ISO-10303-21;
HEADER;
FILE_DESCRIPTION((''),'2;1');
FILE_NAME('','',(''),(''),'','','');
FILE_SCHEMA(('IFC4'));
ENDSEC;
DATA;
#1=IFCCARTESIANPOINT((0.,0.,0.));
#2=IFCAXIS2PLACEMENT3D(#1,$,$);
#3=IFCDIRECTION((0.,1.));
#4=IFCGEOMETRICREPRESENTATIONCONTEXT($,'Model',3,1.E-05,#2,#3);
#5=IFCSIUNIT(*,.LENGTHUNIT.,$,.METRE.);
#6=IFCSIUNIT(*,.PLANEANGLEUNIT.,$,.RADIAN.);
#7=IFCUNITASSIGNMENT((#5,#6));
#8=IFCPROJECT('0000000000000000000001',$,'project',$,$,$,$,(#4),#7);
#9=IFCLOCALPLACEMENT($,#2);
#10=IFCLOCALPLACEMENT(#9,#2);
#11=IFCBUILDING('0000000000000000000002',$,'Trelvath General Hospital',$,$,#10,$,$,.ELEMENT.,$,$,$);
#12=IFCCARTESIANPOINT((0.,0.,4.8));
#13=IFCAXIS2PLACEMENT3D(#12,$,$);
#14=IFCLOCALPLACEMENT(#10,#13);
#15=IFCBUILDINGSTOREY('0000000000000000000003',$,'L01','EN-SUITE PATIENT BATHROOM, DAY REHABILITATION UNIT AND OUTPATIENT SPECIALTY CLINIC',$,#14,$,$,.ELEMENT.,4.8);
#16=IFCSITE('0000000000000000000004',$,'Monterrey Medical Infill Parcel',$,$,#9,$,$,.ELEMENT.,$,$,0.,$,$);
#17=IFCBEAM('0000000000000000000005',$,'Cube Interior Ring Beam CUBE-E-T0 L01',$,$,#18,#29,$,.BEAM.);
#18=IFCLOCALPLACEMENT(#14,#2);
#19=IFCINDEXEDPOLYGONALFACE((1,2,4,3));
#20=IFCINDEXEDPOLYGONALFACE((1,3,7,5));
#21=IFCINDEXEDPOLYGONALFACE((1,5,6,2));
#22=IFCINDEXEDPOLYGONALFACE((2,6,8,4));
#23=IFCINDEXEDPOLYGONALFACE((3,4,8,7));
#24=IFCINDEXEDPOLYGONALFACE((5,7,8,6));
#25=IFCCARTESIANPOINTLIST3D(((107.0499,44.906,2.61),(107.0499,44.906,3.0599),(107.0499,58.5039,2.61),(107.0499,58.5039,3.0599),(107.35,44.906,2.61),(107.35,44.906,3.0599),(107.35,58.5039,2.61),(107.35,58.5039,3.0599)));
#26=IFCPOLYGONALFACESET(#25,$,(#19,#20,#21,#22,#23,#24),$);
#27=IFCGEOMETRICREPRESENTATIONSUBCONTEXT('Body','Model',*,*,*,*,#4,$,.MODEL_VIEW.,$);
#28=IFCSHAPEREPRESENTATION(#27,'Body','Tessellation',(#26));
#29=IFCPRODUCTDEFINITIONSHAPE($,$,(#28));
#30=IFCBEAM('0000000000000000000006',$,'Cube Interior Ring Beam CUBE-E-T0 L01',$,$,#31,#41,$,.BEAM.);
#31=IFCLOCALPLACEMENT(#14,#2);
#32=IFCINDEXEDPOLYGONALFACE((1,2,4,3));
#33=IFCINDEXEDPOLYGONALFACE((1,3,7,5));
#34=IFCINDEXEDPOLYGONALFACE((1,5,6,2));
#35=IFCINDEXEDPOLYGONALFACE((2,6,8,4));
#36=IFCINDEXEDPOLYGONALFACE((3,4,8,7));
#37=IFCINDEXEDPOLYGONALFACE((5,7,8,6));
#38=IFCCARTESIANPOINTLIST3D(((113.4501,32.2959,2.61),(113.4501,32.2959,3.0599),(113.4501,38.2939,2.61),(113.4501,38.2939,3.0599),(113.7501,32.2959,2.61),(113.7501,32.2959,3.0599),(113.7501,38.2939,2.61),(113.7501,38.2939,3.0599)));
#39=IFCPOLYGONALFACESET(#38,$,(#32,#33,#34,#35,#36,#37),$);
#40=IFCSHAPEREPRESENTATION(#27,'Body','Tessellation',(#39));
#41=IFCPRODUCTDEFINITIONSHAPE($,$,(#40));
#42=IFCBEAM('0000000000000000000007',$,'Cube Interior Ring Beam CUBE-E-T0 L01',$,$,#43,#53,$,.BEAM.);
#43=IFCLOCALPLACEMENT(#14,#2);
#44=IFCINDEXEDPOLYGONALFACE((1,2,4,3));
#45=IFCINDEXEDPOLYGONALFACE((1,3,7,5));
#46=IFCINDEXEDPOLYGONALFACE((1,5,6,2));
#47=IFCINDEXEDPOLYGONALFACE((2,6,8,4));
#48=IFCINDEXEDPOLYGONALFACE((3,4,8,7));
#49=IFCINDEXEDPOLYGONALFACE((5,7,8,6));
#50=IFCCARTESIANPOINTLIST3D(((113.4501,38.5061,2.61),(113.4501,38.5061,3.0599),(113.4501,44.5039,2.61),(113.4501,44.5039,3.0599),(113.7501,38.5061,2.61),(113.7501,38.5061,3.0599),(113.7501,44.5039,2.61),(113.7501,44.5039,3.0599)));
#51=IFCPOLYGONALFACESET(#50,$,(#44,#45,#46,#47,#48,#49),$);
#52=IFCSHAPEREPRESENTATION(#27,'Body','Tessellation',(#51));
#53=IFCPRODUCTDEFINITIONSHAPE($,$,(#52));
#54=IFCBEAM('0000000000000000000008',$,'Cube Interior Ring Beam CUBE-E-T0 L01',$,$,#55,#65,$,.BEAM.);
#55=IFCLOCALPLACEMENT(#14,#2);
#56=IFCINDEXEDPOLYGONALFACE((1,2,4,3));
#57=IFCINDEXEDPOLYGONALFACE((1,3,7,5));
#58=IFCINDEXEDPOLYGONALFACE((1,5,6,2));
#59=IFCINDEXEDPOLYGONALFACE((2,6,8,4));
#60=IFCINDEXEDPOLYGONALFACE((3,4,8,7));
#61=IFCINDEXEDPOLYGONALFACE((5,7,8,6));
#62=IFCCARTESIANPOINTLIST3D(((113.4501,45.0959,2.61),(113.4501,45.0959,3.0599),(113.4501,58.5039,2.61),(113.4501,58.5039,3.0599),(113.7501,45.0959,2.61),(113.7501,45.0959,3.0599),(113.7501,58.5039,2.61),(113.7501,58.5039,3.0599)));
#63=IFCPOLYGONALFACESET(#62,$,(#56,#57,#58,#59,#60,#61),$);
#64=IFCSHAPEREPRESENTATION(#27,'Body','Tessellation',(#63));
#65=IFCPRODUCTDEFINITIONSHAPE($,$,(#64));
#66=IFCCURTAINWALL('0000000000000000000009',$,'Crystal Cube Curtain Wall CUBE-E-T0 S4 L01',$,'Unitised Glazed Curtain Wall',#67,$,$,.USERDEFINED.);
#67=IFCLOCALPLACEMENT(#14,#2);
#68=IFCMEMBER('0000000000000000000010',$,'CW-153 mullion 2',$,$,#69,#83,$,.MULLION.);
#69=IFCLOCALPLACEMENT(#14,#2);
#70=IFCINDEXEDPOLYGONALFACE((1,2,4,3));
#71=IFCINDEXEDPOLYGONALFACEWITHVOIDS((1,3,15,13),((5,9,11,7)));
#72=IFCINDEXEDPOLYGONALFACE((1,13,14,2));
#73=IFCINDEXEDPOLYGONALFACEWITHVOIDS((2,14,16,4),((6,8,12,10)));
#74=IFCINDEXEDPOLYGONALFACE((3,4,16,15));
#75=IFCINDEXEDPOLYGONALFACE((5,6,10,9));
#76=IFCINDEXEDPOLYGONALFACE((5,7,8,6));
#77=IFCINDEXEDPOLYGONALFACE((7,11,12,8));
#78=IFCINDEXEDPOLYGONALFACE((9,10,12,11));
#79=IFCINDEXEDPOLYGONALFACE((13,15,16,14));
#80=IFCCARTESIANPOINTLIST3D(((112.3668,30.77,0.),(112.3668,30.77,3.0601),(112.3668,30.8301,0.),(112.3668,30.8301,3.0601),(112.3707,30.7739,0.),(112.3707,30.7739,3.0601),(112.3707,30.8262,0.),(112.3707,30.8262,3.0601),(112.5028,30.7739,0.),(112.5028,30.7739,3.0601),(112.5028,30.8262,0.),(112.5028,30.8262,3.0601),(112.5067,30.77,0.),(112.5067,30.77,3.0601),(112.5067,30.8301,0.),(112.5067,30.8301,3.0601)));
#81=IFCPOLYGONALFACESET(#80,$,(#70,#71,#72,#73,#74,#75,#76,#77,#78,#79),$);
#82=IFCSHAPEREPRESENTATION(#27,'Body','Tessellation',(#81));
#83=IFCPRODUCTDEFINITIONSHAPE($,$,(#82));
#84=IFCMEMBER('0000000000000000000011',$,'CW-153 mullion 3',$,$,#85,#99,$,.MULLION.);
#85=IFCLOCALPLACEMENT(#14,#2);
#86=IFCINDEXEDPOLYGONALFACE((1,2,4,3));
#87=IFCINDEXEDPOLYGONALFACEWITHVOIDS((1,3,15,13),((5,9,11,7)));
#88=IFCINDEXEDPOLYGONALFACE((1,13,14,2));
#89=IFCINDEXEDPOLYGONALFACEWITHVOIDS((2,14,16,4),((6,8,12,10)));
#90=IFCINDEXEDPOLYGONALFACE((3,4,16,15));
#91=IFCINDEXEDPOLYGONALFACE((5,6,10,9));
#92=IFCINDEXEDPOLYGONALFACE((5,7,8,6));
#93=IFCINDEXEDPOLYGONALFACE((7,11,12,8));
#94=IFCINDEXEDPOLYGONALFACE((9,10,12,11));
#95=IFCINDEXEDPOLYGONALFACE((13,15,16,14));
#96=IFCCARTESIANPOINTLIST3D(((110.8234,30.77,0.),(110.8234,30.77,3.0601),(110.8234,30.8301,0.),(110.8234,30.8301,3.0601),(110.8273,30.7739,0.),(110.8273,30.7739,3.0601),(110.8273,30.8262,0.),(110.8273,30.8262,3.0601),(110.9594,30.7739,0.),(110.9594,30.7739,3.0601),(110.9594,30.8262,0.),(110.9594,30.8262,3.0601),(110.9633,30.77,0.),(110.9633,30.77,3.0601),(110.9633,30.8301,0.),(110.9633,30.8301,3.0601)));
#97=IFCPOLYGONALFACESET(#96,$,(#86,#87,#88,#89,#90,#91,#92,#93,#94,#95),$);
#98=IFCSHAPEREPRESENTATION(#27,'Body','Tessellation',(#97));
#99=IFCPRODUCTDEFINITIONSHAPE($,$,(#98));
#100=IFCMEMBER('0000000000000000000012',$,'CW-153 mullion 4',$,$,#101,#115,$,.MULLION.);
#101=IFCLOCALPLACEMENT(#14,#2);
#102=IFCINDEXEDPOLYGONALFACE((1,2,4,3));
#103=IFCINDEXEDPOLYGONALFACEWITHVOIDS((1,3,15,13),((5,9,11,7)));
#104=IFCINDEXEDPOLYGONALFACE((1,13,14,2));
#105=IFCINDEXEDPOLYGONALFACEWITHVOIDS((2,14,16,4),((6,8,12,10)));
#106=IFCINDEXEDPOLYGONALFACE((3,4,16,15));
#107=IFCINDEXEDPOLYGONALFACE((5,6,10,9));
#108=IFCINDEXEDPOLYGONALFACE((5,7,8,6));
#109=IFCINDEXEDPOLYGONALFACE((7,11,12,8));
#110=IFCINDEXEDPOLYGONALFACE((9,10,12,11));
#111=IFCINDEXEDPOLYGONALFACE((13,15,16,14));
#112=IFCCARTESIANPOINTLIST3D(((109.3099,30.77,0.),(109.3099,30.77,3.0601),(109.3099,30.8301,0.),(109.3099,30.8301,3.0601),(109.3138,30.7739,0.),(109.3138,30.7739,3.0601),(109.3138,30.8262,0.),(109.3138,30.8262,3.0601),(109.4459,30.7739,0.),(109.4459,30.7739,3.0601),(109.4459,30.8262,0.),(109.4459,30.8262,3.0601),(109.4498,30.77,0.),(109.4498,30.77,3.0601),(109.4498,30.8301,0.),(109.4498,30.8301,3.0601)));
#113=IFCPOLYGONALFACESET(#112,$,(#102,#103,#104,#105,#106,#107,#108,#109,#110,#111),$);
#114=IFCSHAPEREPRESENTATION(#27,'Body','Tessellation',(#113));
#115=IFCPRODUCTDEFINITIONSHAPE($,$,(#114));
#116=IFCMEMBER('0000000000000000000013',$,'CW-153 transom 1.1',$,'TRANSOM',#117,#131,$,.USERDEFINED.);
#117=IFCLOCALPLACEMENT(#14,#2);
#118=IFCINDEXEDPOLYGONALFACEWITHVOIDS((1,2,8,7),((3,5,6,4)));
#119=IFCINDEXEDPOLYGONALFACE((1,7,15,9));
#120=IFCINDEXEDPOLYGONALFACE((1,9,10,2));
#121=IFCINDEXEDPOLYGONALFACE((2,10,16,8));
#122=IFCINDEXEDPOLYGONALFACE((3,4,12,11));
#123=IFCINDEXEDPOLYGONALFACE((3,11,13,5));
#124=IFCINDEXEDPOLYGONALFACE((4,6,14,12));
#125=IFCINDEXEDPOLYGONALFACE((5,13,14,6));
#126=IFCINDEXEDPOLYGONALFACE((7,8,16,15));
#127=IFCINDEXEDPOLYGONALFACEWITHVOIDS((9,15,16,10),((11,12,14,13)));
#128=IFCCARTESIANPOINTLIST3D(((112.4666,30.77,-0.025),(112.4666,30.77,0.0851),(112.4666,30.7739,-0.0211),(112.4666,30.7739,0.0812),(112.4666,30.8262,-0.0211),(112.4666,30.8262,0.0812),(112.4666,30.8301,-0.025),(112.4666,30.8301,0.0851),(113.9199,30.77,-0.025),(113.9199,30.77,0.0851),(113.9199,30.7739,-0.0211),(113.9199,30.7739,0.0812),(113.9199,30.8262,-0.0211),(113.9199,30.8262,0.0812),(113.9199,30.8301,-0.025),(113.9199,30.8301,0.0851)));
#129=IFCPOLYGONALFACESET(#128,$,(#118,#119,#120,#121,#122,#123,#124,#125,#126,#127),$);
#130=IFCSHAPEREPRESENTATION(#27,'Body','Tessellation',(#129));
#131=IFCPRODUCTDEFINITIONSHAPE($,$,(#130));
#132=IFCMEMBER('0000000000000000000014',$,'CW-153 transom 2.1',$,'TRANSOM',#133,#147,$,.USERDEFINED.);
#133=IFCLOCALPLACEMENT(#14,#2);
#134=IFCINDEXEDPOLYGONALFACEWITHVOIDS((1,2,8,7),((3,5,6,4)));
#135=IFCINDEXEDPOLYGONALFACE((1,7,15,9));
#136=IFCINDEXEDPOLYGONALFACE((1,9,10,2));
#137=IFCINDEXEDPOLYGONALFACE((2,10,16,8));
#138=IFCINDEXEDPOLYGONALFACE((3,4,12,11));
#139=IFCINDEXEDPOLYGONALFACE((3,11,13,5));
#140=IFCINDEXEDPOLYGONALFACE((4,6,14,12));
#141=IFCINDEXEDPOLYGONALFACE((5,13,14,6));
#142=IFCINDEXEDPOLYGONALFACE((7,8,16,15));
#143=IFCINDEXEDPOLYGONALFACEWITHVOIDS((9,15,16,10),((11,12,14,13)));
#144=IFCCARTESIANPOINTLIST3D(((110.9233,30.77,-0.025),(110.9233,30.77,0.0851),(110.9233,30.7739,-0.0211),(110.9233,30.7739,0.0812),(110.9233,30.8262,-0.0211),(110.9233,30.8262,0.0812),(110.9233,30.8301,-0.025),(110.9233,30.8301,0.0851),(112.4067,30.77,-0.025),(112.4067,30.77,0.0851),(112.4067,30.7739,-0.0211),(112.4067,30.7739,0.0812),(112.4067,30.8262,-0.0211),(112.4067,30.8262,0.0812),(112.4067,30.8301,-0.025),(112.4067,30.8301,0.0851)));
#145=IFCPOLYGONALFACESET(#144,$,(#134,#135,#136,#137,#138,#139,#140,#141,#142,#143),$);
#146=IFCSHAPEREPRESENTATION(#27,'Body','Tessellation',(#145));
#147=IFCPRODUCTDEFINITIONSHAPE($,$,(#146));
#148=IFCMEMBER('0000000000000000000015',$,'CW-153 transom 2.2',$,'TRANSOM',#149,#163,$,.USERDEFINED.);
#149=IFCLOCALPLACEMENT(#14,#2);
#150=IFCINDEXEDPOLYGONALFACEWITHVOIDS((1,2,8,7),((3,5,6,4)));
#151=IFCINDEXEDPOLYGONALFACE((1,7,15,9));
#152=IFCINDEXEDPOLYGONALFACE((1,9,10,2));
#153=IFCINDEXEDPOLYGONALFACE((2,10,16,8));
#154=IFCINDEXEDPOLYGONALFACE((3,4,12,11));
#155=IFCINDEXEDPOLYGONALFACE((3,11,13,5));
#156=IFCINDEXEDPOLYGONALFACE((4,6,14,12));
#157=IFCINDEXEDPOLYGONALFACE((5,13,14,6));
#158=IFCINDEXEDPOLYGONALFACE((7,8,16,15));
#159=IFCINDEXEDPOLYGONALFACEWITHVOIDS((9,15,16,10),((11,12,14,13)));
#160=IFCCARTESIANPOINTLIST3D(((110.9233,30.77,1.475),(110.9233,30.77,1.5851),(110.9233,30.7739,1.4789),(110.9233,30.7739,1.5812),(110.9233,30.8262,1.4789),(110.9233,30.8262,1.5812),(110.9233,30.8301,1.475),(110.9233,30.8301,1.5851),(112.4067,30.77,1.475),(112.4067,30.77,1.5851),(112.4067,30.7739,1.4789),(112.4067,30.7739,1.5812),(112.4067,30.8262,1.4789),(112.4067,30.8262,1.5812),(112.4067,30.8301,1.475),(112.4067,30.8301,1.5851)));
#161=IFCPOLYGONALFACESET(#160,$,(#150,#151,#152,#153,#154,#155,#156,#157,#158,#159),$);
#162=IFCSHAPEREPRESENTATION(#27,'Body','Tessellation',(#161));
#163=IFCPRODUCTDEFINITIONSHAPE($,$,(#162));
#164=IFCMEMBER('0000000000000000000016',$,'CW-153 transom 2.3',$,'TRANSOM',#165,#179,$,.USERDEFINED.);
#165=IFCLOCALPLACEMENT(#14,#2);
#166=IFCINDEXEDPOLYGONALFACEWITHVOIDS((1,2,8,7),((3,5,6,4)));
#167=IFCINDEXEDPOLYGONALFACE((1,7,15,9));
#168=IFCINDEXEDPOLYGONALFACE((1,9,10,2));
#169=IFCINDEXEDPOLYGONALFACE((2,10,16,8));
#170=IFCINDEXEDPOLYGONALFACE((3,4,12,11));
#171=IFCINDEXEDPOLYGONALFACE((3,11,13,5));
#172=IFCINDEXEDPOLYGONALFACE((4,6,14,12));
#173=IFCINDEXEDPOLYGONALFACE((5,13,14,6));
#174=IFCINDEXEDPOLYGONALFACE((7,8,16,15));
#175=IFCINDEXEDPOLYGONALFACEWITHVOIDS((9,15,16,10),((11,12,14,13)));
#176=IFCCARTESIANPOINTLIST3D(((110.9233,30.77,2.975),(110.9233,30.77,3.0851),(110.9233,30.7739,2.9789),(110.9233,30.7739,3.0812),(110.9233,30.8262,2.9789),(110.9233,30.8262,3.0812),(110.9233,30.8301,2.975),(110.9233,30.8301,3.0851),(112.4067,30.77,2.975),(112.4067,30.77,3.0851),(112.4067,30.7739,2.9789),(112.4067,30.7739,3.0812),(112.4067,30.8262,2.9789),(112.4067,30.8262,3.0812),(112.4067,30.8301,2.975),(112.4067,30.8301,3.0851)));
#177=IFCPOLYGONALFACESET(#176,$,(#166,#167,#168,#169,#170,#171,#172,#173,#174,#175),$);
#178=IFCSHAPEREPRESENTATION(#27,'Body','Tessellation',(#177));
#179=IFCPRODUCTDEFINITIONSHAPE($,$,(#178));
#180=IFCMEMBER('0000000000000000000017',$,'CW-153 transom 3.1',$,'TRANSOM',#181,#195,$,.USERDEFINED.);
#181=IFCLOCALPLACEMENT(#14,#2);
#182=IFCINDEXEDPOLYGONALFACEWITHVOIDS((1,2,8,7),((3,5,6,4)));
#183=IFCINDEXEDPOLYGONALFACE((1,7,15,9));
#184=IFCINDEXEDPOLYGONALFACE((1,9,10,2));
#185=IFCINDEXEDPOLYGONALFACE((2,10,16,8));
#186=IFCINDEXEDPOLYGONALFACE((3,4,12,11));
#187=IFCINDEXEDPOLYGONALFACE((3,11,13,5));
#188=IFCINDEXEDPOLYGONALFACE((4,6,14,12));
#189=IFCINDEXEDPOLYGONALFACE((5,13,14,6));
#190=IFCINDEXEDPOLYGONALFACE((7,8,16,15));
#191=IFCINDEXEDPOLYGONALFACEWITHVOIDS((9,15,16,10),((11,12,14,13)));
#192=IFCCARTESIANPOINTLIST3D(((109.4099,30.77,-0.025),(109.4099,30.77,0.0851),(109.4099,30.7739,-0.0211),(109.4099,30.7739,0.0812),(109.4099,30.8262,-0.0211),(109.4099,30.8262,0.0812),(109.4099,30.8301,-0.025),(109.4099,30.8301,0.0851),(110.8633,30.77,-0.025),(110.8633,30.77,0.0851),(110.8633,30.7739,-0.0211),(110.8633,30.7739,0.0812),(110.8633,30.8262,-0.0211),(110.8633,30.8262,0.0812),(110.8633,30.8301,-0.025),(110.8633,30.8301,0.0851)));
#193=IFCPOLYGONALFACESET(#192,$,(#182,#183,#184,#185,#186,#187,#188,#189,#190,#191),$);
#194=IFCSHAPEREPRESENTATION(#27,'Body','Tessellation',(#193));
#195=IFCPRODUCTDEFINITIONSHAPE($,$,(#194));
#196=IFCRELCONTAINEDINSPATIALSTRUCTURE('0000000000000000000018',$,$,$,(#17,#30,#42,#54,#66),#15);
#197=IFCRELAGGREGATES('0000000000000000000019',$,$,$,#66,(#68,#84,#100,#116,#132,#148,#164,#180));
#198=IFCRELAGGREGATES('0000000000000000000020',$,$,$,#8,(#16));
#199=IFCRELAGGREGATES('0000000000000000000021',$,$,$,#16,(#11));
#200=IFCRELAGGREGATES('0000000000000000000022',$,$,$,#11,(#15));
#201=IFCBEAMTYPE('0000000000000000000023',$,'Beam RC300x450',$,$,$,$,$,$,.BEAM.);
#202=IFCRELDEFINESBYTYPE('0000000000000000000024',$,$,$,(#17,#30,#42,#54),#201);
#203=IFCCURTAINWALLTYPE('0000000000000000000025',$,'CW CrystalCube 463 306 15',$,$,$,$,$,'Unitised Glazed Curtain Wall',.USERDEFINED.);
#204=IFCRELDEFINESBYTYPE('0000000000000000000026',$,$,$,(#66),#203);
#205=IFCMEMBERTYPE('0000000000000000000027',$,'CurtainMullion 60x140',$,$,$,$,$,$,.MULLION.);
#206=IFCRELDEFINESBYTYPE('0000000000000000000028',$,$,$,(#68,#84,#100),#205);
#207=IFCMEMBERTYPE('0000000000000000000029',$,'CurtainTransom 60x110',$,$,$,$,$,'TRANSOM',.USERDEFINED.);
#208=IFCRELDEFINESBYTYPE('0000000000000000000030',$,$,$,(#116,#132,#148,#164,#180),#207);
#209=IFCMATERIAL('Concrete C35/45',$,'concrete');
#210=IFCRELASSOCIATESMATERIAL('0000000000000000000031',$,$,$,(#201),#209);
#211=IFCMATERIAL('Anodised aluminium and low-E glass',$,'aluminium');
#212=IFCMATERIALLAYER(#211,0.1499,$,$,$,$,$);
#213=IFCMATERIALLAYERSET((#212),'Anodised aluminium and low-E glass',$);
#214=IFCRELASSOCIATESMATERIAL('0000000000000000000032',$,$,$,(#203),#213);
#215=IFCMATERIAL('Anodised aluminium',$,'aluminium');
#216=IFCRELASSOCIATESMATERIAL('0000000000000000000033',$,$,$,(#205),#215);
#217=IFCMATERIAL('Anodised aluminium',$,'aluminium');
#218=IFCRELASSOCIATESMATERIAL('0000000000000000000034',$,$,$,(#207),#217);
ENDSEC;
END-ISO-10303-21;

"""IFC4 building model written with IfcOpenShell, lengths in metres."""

from ifc_helpers import new_model, si_unit, direction, frame, origin, origin_2d, place, context, subcontext, project, spatial, rectangle, hollow_rectangle, extrude, material, layer, layer_set, material_profile, profile_set, type_object, element, aggregate, save


model = new_model("IFC4")

# Units and contexts
model_context = context("Model", 3, precision=1e-05, world=origin(), true_north=direction((0.0, 1.0)))
body_context = subcontext(model_context, "Body", "Model", "MODEL_VIEW")
ifc_project = project(units=[si_unit("LENGTHUNIT", "METRE"), si_unit("PLANEANGLEUNIT", "RADIAN")], contexts=[model_context])

# Site, building, storey
site_placement = place(None, origin())
site = spatial("IfcSite", under=ifc_project, at=site_placement, Name="Monterrey Medical Infill Parcel", CompositionType="ELEMENT", RefElevation=0.0)
building_placement = place(site_placement, origin())
building = spatial("IfcBuilding", under=site, at=building_placement, Name="Trelvath General Hospital", CompositionType="ELEMENT")
storey_placement = place(building_placement, frame((0.0, 0.0, 4.8)))
storey = spatial("IfcBuildingStorey", under=building, at=storey_placement, Name="L01", Description="EN-SUITE PATIENT BATHROOM, DAY REHABILITATION UNIT AND OUTPATIENT SPECIALTY CLINIC", CompositionType="ELEMENT", Elevation=4.8)

# Beams
ifc_material_1 = material(Name="Concrete C35/45", Category="concrete")
ifc_material_profile_1 = material_profile(ifc_material_1, rectangle(XDim=0.3, YDim=0.45, at=origin_2d()), Name="RCB300x450")
ifc_profile_set_1 = profile_set([ifc_material_profile_1], Name="Concrete C35/45")
beam_type = type_object("IfcBeamType", Name="Beam RC300x450", PredefinedType="BEAM", material=ifc_profile_set_1)
beam_1_placement = place(storey_placement, frame((107.2, 44.906, 2.835), z_axis=(0.0, 1.0, 0.0), x_axis=(-1.0, 0.0, 0.0)))
element("IfcBeam", 1, at=beam_1_placement, inside=storey, type_object=beam_type, Name="Cube Interior Ring Beam CUBE-E-T0 L01", PredefinedType="BEAM", context=body_context, shape_type="SweptSolid", body=[
    extrude(rectangle(XDim=0.3, YDim=0.45, at=origin_2d()), origin(), (0.0, 0.0, 1.0), 13.5979),
])
beam_2_placement = place(storey_placement, frame((113.6001, 32.2959, 2.835), z_axis=(0.0, 1.0, 0.0), x_axis=(-1.0, 0.0, 0.0)))
element("IfcBeam", 2, at=beam_2_placement, inside=storey, type_object=beam_type, Name="Cube Interior Ring Beam CUBE-E-T0 L01", PredefinedType="BEAM", context=body_context, shape_type="SweptSolid", body=[
    extrude(rectangle(XDim=0.3, YDim=0.45, at=origin_2d()), origin(), (0.0, 0.0, 1.0), 5.998),
])
beam_3_placement = place(storey_placement, frame((113.6001, 38.5061, 2.835), z_axis=(0.0, 1.0, 0.0), x_axis=(-1.0, 0.0, 0.0)))
element("IfcBeam", 3, at=beam_3_placement, inside=storey, type_object=beam_type, Name="Cube Interior Ring Beam CUBE-E-T0 L01", PredefinedType="BEAM", context=body_context, shape_type="SweptSolid", body=[
    extrude(rectangle(XDim=0.3, YDim=0.45, at=origin_2d()), origin(), (0.0, 0.0, 1.0), 5.9978),
])
beam_4_placement = place(storey_placement, frame((113.6001, 45.0959, 2.835), z_axis=(0.0, 1.0, 0.0), x_axis=(-1.0, 0.0, 0.0)))
element("IfcBeam", 4, at=beam_4_placement, inside=storey, type_object=beam_type, Name="Cube Interior Ring Beam CUBE-E-T0 L01", PredefinedType="BEAM", context=body_context, shape_type="SweptSolid", body=[
    extrude(rectangle(XDim=0.3, YDim=0.45, at=origin_2d()), origin(), (0.0, 0.0, 1.0), 13.408),
])

# Curtain wall, members
ifc_material_2 = material(Name="Anodised aluminium and low-E glass", Category="aluminium")
ifc_layer_1 = layer(ifc_material_2, 0.1499)
ifc_layer_set_1 = layer_set([ifc_layer_1], Name="Anodised aluminium and low-E glass")
curtain_wall_type = type_object("IfcCurtainWallType", Name="CW CrystalCube 463 306 15", ElementType="Unitised Glazed Curtain Wall", PredefinedType="USERDEFINED", material=ifc_layer_set_1)
curtain_wall_placement = place(storey_placement, origin())
curtain_wall = element("IfcCurtainWall", 5, at=curtain_wall_placement, inside=storey, type_object=curtain_wall_type, Name="Crystal Cube Curtain Wall CUBE-E-T0 S4 L01", ObjectType="Unitised Glazed Curtain Wall", PredefinedType="USERDEFINED")
ifc_material_3 = material(Name="Anodised aluminium", Category="aluminium")
ifc_material_profile_2 = material_profile(ifc_material_3, hollow_rectangle(XDim=0.0601, YDim=0.1399, WallThickness=0.0039, at=origin_2d()), Name="RHS60x140x4")
ifc_profile_set_2 = profile_set([ifc_material_profile_2], Name="Anodised aluminium")
member_type_1 = type_object("IfcMemberType", Name="CurtainMullion 60x140", PredefinedType="MULLION", material=ifc_profile_set_2)
member_1_placement = place(storey_placement, frame((112.4368, 30.8, 0.0), z_axis=(0.0, 0.0, 1.0), x_axis=(0.0, -1.0, 0.0)))
member_1 = element("IfcMember", 6, at=member_1_placement, type_object=member_type_1, Name="CW-153 mullion 2", PredefinedType="MULLION", context=body_context, shape_type="SweptSolid", body=[
    extrude(hollow_rectangle(XDim=0.0601, YDim=0.1399, WallThickness=0.0039, at=origin_2d()), origin(), (0.0, 0.0, 1.0), 3.0601),
])
member_2_placement = place(storey_placement, frame((110.8933, 30.8, 0.0), z_axis=(0.0, 0.0, 1.0), x_axis=(0.0, -1.0, 0.0)))
member_2 = element("IfcMember", 7, at=member_2_placement, type_object=member_type_1, Name="CW-153 mullion 3", PredefinedType="MULLION", context=body_context, shape_type="SweptSolid", body=[
    extrude(hollow_rectangle(XDim=0.0601, YDim=0.1399, WallThickness=0.0039, at=origin_2d()), origin(), (0.0, 0.0, 1.0), 3.0601),
])
member_3_placement = place(storey_placement, frame((109.3799, 30.8, 0.0), z_axis=(0.0, 0.0, 1.0), x_axis=(0.0, -1.0, 0.0)))
member_3 = element("IfcMember", 8, at=member_3_placement, type_object=member_type_1, Name="CW-153 mullion 4", PredefinedType="MULLION", context=body_context, shape_type="SweptSolid", body=[
    extrude(hollow_rectangle(XDim=0.0601, YDim=0.1399, WallThickness=0.0039, at=origin_2d()), origin(), (0.0, 0.0, 1.0), 3.0601),
])
ifc_material_4 = material(Name="Anodised aluminium", Category="aluminium")
ifc_material_profile_3 = material_profile(ifc_material_4, hollow_rectangle(XDim=0.0601, YDim=0.1101, WallThickness=0.0039, at=origin_2d()), Name="RHS60x110x4")
ifc_profile_set_3 = profile_set([ifc_material_profile_3], Name="Anodised aluminium")
member_type_2 = type_object("IfcMemberType", Name="CurtainTransom 60x110", ElementType="TRANSOM", PredefinedType="USERDEFINED", material=ifc_profile_set_3)
member_4_placement = place(storey_placement, frame((113.9199, 30.8, 0.03), z_axis=(-1.0, 0.0, 0.0), x_axis=(0.0, -1.0, 0.0)))
member_4 = element("IfcMember", 9, at=member_4_placement, type_object=member_type_2, Name="CW-153 transom 1.1", ObjectType="TRANSOM", PredefinedType="USERDEFINED", context=body_context, shape_type="SweptSolid", body=[
    extrude(hollow_rectangle(XDim=0.0601, YDim=0.1101, WallThickness=0.0039, at=origin_2d()), origin(), (0.0, 0.0, 1.0), 1.4534),
])
member_5_placement = place(storey_placement, frame((112.4067, 30.8, 0.03), z_axis=(-1.0, 0.0, 0.0), x_axis=(0.0, -1.0, 0.0)))
member_5 = element("IfcMember", 10, at=member_5_placement, type_object=member_type_2, Name="CW-153 transom 2.1", ObjectType="TRANSOM", PredefinedType="USERDEFINED", context=body_context, shape_type="SweptSolid", body=[
    extrude(hollow_rectangle(XDim=0.0601, YDim=0.1101, WallThickness=0.0039, at=origin_2d()), origin(), (0.0, 0.0, 1.0), 1.4834),
])
member_6_placement = place(storey_placement, frame((112.4067, 30.8, 1.53), z_axis=(-1.0, 0.0, 0.0), x_axis=(0.0, -1.0, 0.0)))
member_6 = element("IfcMember", 11, at=member_6_placement, type_object=member_type_2, Name="CW-153 transom 2.2", ObjectType="TRANSOM", PredefinedType="USERDEFINED", context=body_context, shape_type="SweptSolid", body=[
    extrude(hollow_rectangle(XDim=0.0601, YDim=0.1101, WallThickness=0.0039, at=origin_2d()), origin(), (0.0, 0.0, 1.0), 1.4834),
])
member_7_placement = place(storey_placement, frame((112.4067, 30.8, 3.03), z_axis=(-1.0, 0.0, 0.0), x_axis=(0.0, -1.0, 0.0)))
member_7 = element("IfcMember", 12, at=member_7_placement, type_object=member_type_2, Name="CW-153 transom 2.3", ObjectType="TRANSOM", PredefinedType="USERDEFINED", context=body_context, shape_type="SweptSolid", body=[
    extrude(hollow_rectangle(XDim=0.0601, YDim=0.1101, WallThickness=0.0039, at=origin_2d()), origin(), (0.0, 0.0, 1.0), 1.4834),
])
member_8_placement = place(storey_placement, frame((110.8633, 30.8, 0.03), z_axis=(-1.0, 0.0, 0.0), x_axis=(0.0, -1.0, 0.0)))
member_8 = element("IfcMember", 13, at=member_8_placement, type_object=member_type_2, Name="CW-153 transom 3.1", ObjectType="TRANSOM", PredefinedType="USERDEFINED", context=body_context, shape_type="SweptSolid", body=[
    extrude(hollow_rectangle(XDim=0.0601, YDim=0.1101, WallThickness=0.0039, at=origin_2d()), origin(), (0.0, 0.0, 1.0), 1.4534),
])
aggregate(curtain_wall, [member_1, member_2, member_3, member_4, member_5, member_6, member_7, member_8])

save(model, "model.ifc")
